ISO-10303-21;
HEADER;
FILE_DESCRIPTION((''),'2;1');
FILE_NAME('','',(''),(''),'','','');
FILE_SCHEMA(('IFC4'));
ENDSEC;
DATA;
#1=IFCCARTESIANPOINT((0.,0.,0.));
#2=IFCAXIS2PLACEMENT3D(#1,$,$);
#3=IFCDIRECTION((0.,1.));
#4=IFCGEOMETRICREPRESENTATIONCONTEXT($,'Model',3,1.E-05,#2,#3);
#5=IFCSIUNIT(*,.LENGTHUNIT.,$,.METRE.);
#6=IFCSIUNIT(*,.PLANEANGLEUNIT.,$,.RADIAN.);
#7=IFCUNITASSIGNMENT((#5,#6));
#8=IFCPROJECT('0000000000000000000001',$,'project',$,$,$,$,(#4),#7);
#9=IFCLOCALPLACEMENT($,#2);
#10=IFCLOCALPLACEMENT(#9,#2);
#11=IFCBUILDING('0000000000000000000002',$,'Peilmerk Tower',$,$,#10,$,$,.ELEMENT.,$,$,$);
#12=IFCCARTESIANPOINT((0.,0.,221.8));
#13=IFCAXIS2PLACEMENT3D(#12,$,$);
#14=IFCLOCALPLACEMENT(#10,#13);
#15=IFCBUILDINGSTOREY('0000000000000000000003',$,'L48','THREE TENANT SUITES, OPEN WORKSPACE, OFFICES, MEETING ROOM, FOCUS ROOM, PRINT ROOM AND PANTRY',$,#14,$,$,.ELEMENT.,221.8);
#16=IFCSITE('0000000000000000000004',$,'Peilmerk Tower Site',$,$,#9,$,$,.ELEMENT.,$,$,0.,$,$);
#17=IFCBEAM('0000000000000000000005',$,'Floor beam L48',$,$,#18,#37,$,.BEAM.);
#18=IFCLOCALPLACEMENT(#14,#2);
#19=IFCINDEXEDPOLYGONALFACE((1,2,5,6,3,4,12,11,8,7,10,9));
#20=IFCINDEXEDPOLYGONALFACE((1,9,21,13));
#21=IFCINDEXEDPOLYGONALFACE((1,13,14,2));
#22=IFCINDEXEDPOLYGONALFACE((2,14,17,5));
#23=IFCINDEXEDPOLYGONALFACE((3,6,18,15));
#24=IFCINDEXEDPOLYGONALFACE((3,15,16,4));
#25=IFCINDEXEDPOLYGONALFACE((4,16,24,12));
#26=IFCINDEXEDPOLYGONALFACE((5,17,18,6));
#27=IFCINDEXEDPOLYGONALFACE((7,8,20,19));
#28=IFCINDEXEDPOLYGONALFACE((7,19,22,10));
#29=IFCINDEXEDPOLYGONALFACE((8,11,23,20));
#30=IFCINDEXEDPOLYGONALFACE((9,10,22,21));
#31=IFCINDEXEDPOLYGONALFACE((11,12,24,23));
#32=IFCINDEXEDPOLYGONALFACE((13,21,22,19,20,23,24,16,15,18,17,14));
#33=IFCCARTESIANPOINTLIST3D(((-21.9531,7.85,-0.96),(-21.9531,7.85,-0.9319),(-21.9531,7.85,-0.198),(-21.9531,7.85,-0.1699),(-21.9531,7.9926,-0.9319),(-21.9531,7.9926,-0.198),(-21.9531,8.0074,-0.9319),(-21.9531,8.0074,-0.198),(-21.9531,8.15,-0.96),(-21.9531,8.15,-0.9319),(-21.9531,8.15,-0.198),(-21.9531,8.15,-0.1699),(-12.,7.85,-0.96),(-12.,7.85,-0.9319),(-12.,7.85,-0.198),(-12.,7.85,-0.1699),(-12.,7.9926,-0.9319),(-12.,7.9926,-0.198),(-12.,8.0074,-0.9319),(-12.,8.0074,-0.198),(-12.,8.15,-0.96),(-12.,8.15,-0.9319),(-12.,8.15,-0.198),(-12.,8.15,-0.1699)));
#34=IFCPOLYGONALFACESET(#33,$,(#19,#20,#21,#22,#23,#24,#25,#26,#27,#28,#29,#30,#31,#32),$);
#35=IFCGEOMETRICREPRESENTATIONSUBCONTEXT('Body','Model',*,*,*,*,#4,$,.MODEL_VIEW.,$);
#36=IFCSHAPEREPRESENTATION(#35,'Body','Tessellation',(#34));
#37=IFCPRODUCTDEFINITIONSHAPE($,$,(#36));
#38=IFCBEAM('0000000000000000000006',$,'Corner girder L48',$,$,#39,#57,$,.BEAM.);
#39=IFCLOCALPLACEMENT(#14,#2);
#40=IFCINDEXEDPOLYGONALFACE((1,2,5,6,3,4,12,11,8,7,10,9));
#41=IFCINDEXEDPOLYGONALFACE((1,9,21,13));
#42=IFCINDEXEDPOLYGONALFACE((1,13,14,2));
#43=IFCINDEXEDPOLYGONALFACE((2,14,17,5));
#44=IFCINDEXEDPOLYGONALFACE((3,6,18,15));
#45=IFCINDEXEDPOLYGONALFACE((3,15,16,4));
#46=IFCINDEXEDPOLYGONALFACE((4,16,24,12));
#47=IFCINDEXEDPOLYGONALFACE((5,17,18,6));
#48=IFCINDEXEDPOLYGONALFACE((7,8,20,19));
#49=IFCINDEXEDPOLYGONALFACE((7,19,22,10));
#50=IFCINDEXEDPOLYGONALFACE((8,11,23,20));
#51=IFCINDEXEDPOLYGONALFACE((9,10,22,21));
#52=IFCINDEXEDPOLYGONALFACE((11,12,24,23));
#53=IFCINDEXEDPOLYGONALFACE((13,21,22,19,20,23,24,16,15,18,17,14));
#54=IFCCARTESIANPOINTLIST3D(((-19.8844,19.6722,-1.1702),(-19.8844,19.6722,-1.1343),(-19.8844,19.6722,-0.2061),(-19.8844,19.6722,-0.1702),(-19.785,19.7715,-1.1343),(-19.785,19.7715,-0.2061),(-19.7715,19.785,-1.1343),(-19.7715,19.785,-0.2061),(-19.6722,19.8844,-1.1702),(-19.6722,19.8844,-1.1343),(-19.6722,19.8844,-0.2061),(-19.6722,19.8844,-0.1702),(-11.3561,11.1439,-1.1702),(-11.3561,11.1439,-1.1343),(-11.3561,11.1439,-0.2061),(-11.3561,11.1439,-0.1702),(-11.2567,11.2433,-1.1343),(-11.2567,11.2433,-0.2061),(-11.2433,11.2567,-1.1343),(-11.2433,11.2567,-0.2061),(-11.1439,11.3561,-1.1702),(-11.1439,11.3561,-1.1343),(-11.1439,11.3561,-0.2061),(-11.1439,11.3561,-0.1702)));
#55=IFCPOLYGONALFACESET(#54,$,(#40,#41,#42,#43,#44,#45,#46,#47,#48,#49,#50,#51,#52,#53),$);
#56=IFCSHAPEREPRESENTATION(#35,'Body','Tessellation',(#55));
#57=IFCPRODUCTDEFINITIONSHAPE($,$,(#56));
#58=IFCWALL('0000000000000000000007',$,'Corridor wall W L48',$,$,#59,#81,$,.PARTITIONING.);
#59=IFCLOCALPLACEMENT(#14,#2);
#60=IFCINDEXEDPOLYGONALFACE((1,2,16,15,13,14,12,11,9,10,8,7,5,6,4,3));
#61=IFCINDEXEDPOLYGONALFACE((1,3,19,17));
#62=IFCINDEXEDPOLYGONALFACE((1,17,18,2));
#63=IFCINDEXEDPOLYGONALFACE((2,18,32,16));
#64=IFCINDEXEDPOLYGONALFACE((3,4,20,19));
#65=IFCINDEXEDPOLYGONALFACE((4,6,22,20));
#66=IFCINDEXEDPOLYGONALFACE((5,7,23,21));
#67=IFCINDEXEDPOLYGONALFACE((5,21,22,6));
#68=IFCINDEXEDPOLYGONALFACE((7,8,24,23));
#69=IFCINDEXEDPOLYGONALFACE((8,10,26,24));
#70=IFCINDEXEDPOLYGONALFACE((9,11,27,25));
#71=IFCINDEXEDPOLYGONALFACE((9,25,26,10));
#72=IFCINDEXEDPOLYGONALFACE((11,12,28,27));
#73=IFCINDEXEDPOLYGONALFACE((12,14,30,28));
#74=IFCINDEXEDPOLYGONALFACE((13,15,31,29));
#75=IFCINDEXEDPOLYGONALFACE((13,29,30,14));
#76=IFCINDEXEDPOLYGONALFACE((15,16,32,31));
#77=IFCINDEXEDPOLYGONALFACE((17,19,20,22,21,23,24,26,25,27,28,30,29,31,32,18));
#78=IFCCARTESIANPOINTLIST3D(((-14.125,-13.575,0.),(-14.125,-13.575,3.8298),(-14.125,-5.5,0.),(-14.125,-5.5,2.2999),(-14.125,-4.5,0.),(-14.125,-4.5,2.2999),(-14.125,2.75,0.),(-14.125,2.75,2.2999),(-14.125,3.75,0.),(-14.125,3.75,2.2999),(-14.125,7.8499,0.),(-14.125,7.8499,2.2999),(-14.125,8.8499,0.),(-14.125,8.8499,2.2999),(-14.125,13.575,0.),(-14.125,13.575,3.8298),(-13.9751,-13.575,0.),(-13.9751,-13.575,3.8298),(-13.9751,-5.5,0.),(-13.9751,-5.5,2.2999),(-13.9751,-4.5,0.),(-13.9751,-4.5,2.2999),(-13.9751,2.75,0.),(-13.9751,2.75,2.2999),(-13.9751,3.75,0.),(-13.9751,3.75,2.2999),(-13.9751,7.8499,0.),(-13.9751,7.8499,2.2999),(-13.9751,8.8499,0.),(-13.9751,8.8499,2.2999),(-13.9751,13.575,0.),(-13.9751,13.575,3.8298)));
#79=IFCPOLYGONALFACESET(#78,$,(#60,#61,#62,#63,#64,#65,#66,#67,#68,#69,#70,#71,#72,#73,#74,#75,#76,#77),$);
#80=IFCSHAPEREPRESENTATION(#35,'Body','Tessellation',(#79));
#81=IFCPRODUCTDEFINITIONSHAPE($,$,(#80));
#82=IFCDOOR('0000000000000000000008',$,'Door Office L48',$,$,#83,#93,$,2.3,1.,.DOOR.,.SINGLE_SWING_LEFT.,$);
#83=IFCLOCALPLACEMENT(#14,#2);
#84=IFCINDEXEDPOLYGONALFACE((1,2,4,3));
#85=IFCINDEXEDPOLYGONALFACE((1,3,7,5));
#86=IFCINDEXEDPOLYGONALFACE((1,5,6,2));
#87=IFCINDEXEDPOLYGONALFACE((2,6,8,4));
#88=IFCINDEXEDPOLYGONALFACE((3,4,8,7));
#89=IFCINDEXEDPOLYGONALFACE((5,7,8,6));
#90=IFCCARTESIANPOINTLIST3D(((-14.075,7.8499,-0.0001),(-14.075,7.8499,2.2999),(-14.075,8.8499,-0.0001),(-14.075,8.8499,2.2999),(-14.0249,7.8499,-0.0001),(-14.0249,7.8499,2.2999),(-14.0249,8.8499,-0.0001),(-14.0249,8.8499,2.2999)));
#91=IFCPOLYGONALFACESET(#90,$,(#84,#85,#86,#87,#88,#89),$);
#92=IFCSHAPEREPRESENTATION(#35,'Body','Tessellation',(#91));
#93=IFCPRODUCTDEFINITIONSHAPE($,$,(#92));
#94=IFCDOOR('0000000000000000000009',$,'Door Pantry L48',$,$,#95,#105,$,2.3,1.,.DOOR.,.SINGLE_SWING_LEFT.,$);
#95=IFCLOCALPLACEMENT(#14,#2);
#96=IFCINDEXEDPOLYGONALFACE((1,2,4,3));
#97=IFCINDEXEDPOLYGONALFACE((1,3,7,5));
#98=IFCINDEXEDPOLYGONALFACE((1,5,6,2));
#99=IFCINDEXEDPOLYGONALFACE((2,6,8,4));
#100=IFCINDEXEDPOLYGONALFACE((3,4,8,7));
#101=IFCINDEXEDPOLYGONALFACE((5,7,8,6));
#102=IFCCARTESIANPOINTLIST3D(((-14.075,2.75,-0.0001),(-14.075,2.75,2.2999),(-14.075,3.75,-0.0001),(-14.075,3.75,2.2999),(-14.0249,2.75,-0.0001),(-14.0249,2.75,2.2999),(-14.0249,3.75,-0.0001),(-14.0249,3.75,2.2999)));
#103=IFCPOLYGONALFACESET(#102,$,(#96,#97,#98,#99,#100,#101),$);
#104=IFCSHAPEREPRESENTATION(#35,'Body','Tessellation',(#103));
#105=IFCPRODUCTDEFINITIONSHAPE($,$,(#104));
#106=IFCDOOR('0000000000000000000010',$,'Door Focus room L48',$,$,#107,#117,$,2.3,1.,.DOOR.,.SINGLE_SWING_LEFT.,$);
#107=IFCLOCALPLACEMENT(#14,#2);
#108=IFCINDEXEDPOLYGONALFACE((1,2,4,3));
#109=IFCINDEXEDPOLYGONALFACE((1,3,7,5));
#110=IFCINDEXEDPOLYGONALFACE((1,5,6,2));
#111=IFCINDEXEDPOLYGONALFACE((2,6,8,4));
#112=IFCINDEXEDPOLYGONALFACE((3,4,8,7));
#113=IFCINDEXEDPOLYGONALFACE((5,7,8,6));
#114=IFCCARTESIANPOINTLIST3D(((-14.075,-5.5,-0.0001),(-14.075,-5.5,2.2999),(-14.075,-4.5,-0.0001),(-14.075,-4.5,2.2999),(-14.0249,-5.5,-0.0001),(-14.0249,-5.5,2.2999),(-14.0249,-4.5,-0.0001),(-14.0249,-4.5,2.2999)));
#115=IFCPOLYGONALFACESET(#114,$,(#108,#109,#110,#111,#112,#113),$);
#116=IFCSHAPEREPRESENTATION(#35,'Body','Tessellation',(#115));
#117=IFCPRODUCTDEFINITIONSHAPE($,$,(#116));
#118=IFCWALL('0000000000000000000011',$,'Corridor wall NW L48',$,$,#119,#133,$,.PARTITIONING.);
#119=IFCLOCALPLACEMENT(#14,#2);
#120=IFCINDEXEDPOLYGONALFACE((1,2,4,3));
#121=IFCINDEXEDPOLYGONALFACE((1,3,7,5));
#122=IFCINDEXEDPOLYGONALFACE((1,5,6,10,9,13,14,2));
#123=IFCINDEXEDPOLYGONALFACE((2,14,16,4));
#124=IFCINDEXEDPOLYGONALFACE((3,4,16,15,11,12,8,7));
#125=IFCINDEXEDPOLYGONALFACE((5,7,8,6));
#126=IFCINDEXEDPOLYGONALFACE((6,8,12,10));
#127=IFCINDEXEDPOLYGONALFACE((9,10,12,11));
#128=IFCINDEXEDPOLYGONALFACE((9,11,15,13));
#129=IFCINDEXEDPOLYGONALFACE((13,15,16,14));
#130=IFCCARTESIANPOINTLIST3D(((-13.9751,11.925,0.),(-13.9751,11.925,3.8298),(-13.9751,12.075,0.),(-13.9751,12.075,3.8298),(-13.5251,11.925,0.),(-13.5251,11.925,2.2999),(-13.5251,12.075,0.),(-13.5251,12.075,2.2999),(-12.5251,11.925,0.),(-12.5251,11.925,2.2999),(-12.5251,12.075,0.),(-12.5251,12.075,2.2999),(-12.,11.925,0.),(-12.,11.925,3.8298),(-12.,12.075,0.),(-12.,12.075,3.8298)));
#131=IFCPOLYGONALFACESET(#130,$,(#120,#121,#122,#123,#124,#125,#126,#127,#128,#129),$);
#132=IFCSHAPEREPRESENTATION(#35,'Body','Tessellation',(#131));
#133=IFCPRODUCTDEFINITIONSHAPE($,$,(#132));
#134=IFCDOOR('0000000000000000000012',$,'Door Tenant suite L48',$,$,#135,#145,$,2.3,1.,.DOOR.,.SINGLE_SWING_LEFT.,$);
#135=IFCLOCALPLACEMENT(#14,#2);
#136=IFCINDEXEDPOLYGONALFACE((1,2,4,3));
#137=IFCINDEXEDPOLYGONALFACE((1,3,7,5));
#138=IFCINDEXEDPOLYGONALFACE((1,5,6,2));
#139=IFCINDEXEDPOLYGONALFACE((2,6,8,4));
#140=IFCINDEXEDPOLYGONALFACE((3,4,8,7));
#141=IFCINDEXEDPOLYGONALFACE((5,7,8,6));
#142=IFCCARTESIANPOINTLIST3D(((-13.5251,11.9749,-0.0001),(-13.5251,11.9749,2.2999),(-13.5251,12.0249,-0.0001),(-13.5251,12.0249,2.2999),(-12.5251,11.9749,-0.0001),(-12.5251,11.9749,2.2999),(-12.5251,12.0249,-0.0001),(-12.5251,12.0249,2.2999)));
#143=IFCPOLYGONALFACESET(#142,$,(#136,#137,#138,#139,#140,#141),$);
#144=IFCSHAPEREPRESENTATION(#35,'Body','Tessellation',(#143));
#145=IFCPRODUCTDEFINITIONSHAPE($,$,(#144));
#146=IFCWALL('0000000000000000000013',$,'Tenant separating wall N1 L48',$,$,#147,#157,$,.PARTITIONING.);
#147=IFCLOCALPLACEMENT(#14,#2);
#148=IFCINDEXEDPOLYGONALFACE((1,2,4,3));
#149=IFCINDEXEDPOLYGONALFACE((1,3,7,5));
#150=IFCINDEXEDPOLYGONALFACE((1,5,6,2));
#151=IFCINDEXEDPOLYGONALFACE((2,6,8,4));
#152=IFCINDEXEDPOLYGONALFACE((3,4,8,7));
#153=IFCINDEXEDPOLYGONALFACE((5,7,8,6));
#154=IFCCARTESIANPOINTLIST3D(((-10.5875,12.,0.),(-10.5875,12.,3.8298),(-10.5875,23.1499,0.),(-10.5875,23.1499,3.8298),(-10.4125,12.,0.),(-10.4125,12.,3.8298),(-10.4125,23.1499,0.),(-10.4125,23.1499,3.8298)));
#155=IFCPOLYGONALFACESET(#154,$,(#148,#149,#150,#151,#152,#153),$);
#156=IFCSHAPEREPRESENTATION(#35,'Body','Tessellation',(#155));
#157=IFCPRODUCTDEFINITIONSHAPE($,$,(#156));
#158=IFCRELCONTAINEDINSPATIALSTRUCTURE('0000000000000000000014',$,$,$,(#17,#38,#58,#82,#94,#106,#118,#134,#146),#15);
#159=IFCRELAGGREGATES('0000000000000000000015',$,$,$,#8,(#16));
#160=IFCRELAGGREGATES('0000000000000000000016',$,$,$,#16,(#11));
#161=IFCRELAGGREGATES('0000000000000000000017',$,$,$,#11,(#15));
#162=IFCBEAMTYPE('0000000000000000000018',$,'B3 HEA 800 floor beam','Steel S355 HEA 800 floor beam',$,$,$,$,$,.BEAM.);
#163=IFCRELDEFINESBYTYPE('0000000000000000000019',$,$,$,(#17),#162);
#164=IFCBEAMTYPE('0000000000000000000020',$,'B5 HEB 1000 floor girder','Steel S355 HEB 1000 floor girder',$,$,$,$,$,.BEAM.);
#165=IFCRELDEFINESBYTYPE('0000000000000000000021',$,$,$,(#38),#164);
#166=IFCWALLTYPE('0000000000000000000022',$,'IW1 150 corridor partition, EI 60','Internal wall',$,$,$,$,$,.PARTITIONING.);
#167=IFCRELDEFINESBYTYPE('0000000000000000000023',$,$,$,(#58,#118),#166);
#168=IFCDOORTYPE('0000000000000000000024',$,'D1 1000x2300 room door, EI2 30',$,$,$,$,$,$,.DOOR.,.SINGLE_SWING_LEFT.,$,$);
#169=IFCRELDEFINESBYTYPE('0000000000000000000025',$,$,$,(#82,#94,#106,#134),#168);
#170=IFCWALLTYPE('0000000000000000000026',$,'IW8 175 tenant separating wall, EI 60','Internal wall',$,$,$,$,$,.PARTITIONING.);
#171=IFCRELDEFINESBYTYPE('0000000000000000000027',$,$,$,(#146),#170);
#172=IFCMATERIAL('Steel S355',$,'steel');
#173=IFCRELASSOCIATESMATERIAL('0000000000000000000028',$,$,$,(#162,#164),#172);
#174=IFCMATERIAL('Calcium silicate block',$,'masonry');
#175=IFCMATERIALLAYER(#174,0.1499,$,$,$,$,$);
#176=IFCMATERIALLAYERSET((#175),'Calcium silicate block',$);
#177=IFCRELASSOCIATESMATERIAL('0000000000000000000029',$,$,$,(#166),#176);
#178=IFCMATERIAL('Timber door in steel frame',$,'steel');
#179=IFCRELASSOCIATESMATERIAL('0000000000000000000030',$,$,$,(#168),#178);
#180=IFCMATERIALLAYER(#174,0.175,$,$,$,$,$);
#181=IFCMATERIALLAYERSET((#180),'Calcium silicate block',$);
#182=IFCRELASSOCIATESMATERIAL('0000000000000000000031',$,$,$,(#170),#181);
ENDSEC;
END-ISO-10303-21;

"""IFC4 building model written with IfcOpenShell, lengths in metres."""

from ifc_helpers import new_model, si_unit, direction, frame, frame_2d, origin, origin_2d, place, context, subcontext, project, spatial, rectangle, i_section, extrude, material, layer, layer_set, material_profile, profile_set, type_object, element, fill, save


model = new_model("IFC4")

# Units and contexts
model_context = context("Model", 3, precision=1e-05, world=origin(), true_north=direction((0.0, 1.0)))
body_context = subcontext(model_context, "Body", "Model", "MODEL_VIEW")
ifc_project = project(units=[si_unit("LENGTHUNIT", "METRE"), si_unit("PLANEANGLEUNIT", "RADIAN")], contexts=[model_context])

# Site, building, storey
site_placement = place(None, origin())
site = spatial("IfcSite", under=ifc_project, at=site_placement, Name="Peilmerk Tower Site", CompositionType="ELEMENT", RefElevation=0.0)
building_placement = place(site_placement, origin())
building = spatial("IfcBuilding", under=site, at=building_placement, Name="Peilmerk Tower", CompositionType="ELEMENT")
storey_placement = place(building_placement, frame((0.0, 0.0, 221.8)))
storey = spatial("IfcBuildingStorey", under=building, at=storey_placement, Name="L48", Description="THREE TENANT SUITES, OPEN WORKSPACE, OFFICES, MEETING ROOM, FOCUS ROOM, PRINT ROOM AND PANTRY", CompositionType="ELEMENT", Elevation=221.8)

# Beams
ifc_material_1 = material(Name="Steel S355", Category="steel")
ifc_material_profile_1 = material_profile(ifc_material_1, i_section(OverallWidth=0.3, OverallDepth=0.79, WebThickness=0.0149, FlangeThickness=0.0281, at=origin_2d()), Name="HEA 800")
ifc_profile_set_1 = profile_set([ifc_material_profile_1], Name="Steel S355")
beam_type_1 = type_object("IfcBeamType", Name="B3 HEA 800 floor beam", Description="Steel S355 HEA 800 floor beam", PredefinedType="BEAM", material=ifc_profile_set_1)
for number, where, z_axis, x_axis, name in (
    (1, (-12.0, 8.0, -0.5649), (-1.0, 0.0, 0.0), (0.0, -1.0, 0.0), "Floor beam L48"),
):
    element("IfcBeam", number, at=place(storey_placement, frame(where, z_axis=z_axis, x_axis=x_axis)), inside=storey, type_object=beam_type_1, Name=name, PredefinedType="BEAM", context=body_context, shape_type="SweptSolid", body=[
        extrude(i_section(OverallWidth=0.3, OverallDepth=0.79, WebThickness=0.0149, FlangeThickness=0.0281, at=origin_2d()), origin(), (0.0, 0.0, 1.0), 9.9531),
    ])
ifc_material_profile_2 = material_profile(ifc_material_1, i_section(OverallWidth=0.3, OverallDepth=1.0, WebThickness=0.019, FlangeThickness=0.0359, at=origin_2d()), Name="HEB 1000")
ifc_profile_set_2 = profile_set([ifc_material_profile_2], Name="Steel S355")
beam_type_2 = type_object("IfcBeamType", Name="B5 HEB 1000 floor girder", Description="Steel S355 HEB 1000 floor girder", PredefinedType="BEAM", material=ifc_profile_set_2)
beam_1_placement = place(storey_placement, frame((-11.25, 11.25, -0.6702), z_axis=(-0.707107, 0.707107, 0.0), x_axis=(-0.707107, -0.707107, 0.0)))
element("IfcBeam", 2, at=beam_1_placement, inside=storey, type_object=beam_type_2, Name="Corner girder L48", PredefinedType="BEAM", context=body_context, shape_type="SweptSolid", body=[
    extrude(i_section(OverallWidth=0.3, OverallDepth=1.0, WebThickness=0.019, FlangeThickness=0.0359, at=origin_2d()), origin(), (0.0, 0.0, 1.0), 12.0608),
])

# Wall, openings, doors
ifc_material_2 = material(Name="Calcium silicate block", Category="masonry")
ifc_layer_1 = layer(ifc_material_2, 0.1499)
ifc_layer_set_1 = layer_set([ifc_layer_1], Name="Calcium silicate block")
wall_type_1 = type_object("IfcWallType", Name="IW1 150 corridor partition, EI 60", Description="Internal wall", PredefinedType="PARTITIONING", material=ifc_layer_set_1)
wall_1_placement = place(storey_placement, frame((-14.05, 13.575, 0.0), z_axis=(0.0, 0.0, 1.0), x_axis=(0.0, -1.0, 0.0)))
wall_1 = element("IfcWall", 3, at=wall_1_placement, inside=storey, type_object=wall_type_1, Name="Corridor wall W L48", PredefinedType="PARTITIONING", context=body_context, shape_type="SweptSolid", body=[
    extrude(rectangle(XDim=27.1499, YDim=0.1499, at=frame_2d((13.575, 0.0))), origin(), (0.0, 0.0, 1.0), 3.8298),
])
opening_1_placement = place(wall_1_placement, frame((4.7251, 0.0, 0.0)))
opening_1 = element("IfcOpeningElement", 4, at=opening_1_placement, cuts=wall_1, PredefinedType="OPENING", context=body_context, shape_type="SweptSolid", body=[
    extrude(rectangle(XDim=1.0, YDim=2.3, at=frame_2d((0.5, 1.1499))), frame((0.0, 0.085, 0.0), z_axis=(0.0, -1.0, 0.0), x_axis=(1.0, 0.0, 0.0)), (0.0, 0.0, 1.0), 0.1699),
])
opening_2_placement = place(wall_1_placement, frame((9.825, 0.0, 0.0)))
opening_2 = element("IfcOpeningElement", 5, at=opening_2_placement, cuts=wall_1, PredefinedType="OPENING", context=body_context, shape_type="SweptSolid", body=[
    extrude(rectangle(XDim=1.0, YDim=2.3, at=frame_2d((0.5, 1.1499))), frame((0.0, 0.085, 0.0), z_axis=(0.0, -1.0, 0.0), x_axis=(1.0, 0.0, 0.0)), (0.0, 0.0, 1.0), 0.1699),
])
opening_3_placement = place(wall_1_placement, frame((18.075, 0.0, 0.0)))
opening_3 = element("IfcOpeningElement", 6, at=opening_3_placement, cuts=wall_1, PredefinedType="OPENING", context=body_context, shape_type="SweptSolid", body=[
    extrude(rectangle(XDim=1.0, YDim=2.3, at=frame_2d((0.5, 1.1499))), frame((0.0, 0.085, 0.0), z_axis=(0.0, -1.0, 0.0), x_axis=(1.0, 0.0, 0.0)), (0.0, 0.0, 1.0), 0.1699),
])
ifc_material_3 = material(Name="Timber door in steel frame", Category="steel")
door_type = type_object("IfcDoorType", Name="D1 1000x2300 room door, EI2 30", OperationType="SINGLE_SWING_LEFT", PredefinedType="DOOR", material=ifc_material_3)
door_1_placement = place(opening_1_placement, frame((1.0, 0.0, 0.0), z_axis=(0.0, 0.0, 1.0), x_axis=(-1.0, 0.0, 0.0)))
door_1 = element("IfcDoor", 7, at=door_1_placement, inside=storey, type_object=door_type, Name="Door Office L48", OperationType="SINGLE_SWING_LEFT", OverallHeight=2.3, OverallWidth=1.0, PredefinedType="DOOR", context=body_context, shape_type="SweptSolid", body=[
    extrude(rectangle(XDim=1.0, YDim=2.3, at=frame_2d((0.5, 1.1499))), frame((0.0, 0.0249, 0.0), z_axis=(0.0, -1.0, 0.0), x_axis=(1.0, 0.0, 0.0)), (0.0, 0.0, 1.0), 0.05),
])
fill(opening_1, door_1)
door_2_placement = place(opening_2_placement, frame((1.0, 0.0, 0.0), z_axis=(0.0, 0.0, 1.0), x_axis=(-1.0, 0.0, 0.0)))
door_2 = element("IfcDoor", 8, at=door_2_placement, inside=storey, type_object=door_type, Name="Door Pantry L48", OperationType="SINGLE_SWING_LEFT", OverallHeight=2.3, OverallWidth=1.0, PredefinedType="DOOR", context=body_context, shape_type="SweptSolid", body=[
    extrude(rectangle(XDim=1.0, YDim=2.3, at=frame_2d((0.5, 1.1499))), frame((0.0, 0.0249, 0.0), z_axis=(0.0, -1.0, 0.0), x_axis=(1.0, 0.0, 0.0)), (0.0, 0.0, 1.0), 0.05),
])
fill(opening_2, door_2)
door_3_placement = place(opening_3_placement, frame((1.0, 0.0, 0.0), z_axis=(0.0, 0.0, 1.0), x_axis=(-1.0, 0.0, 0.0)))
door_3 = element("IfcDoor", 9, at=door_3_placement, inside=storey, type_object=door_type, Name="Door Focus room L48", OperationType="SINGLE_SWING_LEFT", OverallHeight=2.3, OverallWidth=1.0, PredefinedType="DOOR", context=body_context, shape_type="SweptSolid", body=[
    extrude(rectangle(XDim=1.0, YDim=2.3, at=frame_2d((0.5, 1.1499))), frame((0.0, 0.0249, 0.0), z_axis=(0.0, -1.0, 0.0), x_axis=(1.0, 0.0, 0.0)), (0.0, 0.0, 1.0), 0.05),
])
fill(opening_3, door_3)

# Wall, opening, door
wall_2_placement = place(storey_placement, frame((-13.9751, 12.0, 0.0), z_axis=(0.0, 0.0, 1.0), x_axis=(1.0, 0.0, 0.0)))
wall_2 = element("IfcWall", 10, at=wall_2_placement, inside=storey, type_object=wall_type_1, Name="Corridor wall NW L48", PredefinedType="PARTITIONING", context=body_context, shape_type="SweptSolid", body=[
    extrude(rectangle(XDim=1.9751, YDim=0.1499, at=frame_2d((0.9875, 0.0))), origin(), (0.0, 0.0, 1.0), 3.8298),
])
opening_4_placement = place(wall_2_placement, frame((0.45, 0.0, 0.0)))
opening_4 = element("IfcOpeningElement", 11, at=opening_4_placement, cuts=wall_2, PredefinedType="OPENING", context=body_context, shape_type="SweptSolid", body=[
    extrude(rectangle(XDim=1.0, YDim=2.3, at=frame_2d((0.5, 1.1499))), frame((0.0, 0.085, 0.0), z_axis=(0.0, -1.0, 0.0), x_axis=(1.0, 0.0, 0.0)), (0.0, 0.0, 1.0), 0.1699),
])
door_4_placement = place(opening_4_placement, origin())
door_4 = element("IfcDoor", 12, at=door_4_placement, inside=storey, type_object=door_type, Name="Door Tenant suite L48", OperationType="SINGLE_SWING_LEFT", OverallHeight=2.3, OverallWidth=1.0, PredefinedType="DOOR", context=body_context, shape_type="SweptSolid", body=[
    extrude(rectangle(XDim=1.0, YDim=2.3, at=frame_2d((0.5, 1.1499))), frame((0.0, 0.0249, 0.0), z_axis=(0.0, -1.0, 0.0), x_axis=(1.0, 0.0, 0.0)), (0.0, 0.0, 1.0), 0.05),
])
fill(opening_4, door_4)

# Wall
ifc_layer_2 = layer(ifc_material_2, 0.175)
ifc_layer_set_2 = layer_set([ifc_layer_2], Name="Calcium silicate block")
wall_type_2 = type_object("IfcWallType", Name="IW8 175 tenant separating wall, EI 60", Description="Internal wall", PredefinedType="PARTITIONING", material=ifc_layer_set_2)
wall_3_placement = place(storey_placement, frame((-10.5, 12.0, 0.0), z_axis=(0.0, 0.0, 1.0), x_axis=(0.0, 1.0, 0.0)))
element("IfcWall", 13, at=wall_3_placement, inside=storey, type_object=wall_type_2, Name="Tenant separating wall N1 L48", PredefinedType="PARTITIONING", context=body_context, shape_type="SweptSolid", body=[
    extrude(rectangle(XDim=11.1499, YDim=0.175, at=frame_2d((5.575, 0.0))), origin(), (0.0, 0.0, 1.0), 3.8298),
])

save(model, "model.ifc")
